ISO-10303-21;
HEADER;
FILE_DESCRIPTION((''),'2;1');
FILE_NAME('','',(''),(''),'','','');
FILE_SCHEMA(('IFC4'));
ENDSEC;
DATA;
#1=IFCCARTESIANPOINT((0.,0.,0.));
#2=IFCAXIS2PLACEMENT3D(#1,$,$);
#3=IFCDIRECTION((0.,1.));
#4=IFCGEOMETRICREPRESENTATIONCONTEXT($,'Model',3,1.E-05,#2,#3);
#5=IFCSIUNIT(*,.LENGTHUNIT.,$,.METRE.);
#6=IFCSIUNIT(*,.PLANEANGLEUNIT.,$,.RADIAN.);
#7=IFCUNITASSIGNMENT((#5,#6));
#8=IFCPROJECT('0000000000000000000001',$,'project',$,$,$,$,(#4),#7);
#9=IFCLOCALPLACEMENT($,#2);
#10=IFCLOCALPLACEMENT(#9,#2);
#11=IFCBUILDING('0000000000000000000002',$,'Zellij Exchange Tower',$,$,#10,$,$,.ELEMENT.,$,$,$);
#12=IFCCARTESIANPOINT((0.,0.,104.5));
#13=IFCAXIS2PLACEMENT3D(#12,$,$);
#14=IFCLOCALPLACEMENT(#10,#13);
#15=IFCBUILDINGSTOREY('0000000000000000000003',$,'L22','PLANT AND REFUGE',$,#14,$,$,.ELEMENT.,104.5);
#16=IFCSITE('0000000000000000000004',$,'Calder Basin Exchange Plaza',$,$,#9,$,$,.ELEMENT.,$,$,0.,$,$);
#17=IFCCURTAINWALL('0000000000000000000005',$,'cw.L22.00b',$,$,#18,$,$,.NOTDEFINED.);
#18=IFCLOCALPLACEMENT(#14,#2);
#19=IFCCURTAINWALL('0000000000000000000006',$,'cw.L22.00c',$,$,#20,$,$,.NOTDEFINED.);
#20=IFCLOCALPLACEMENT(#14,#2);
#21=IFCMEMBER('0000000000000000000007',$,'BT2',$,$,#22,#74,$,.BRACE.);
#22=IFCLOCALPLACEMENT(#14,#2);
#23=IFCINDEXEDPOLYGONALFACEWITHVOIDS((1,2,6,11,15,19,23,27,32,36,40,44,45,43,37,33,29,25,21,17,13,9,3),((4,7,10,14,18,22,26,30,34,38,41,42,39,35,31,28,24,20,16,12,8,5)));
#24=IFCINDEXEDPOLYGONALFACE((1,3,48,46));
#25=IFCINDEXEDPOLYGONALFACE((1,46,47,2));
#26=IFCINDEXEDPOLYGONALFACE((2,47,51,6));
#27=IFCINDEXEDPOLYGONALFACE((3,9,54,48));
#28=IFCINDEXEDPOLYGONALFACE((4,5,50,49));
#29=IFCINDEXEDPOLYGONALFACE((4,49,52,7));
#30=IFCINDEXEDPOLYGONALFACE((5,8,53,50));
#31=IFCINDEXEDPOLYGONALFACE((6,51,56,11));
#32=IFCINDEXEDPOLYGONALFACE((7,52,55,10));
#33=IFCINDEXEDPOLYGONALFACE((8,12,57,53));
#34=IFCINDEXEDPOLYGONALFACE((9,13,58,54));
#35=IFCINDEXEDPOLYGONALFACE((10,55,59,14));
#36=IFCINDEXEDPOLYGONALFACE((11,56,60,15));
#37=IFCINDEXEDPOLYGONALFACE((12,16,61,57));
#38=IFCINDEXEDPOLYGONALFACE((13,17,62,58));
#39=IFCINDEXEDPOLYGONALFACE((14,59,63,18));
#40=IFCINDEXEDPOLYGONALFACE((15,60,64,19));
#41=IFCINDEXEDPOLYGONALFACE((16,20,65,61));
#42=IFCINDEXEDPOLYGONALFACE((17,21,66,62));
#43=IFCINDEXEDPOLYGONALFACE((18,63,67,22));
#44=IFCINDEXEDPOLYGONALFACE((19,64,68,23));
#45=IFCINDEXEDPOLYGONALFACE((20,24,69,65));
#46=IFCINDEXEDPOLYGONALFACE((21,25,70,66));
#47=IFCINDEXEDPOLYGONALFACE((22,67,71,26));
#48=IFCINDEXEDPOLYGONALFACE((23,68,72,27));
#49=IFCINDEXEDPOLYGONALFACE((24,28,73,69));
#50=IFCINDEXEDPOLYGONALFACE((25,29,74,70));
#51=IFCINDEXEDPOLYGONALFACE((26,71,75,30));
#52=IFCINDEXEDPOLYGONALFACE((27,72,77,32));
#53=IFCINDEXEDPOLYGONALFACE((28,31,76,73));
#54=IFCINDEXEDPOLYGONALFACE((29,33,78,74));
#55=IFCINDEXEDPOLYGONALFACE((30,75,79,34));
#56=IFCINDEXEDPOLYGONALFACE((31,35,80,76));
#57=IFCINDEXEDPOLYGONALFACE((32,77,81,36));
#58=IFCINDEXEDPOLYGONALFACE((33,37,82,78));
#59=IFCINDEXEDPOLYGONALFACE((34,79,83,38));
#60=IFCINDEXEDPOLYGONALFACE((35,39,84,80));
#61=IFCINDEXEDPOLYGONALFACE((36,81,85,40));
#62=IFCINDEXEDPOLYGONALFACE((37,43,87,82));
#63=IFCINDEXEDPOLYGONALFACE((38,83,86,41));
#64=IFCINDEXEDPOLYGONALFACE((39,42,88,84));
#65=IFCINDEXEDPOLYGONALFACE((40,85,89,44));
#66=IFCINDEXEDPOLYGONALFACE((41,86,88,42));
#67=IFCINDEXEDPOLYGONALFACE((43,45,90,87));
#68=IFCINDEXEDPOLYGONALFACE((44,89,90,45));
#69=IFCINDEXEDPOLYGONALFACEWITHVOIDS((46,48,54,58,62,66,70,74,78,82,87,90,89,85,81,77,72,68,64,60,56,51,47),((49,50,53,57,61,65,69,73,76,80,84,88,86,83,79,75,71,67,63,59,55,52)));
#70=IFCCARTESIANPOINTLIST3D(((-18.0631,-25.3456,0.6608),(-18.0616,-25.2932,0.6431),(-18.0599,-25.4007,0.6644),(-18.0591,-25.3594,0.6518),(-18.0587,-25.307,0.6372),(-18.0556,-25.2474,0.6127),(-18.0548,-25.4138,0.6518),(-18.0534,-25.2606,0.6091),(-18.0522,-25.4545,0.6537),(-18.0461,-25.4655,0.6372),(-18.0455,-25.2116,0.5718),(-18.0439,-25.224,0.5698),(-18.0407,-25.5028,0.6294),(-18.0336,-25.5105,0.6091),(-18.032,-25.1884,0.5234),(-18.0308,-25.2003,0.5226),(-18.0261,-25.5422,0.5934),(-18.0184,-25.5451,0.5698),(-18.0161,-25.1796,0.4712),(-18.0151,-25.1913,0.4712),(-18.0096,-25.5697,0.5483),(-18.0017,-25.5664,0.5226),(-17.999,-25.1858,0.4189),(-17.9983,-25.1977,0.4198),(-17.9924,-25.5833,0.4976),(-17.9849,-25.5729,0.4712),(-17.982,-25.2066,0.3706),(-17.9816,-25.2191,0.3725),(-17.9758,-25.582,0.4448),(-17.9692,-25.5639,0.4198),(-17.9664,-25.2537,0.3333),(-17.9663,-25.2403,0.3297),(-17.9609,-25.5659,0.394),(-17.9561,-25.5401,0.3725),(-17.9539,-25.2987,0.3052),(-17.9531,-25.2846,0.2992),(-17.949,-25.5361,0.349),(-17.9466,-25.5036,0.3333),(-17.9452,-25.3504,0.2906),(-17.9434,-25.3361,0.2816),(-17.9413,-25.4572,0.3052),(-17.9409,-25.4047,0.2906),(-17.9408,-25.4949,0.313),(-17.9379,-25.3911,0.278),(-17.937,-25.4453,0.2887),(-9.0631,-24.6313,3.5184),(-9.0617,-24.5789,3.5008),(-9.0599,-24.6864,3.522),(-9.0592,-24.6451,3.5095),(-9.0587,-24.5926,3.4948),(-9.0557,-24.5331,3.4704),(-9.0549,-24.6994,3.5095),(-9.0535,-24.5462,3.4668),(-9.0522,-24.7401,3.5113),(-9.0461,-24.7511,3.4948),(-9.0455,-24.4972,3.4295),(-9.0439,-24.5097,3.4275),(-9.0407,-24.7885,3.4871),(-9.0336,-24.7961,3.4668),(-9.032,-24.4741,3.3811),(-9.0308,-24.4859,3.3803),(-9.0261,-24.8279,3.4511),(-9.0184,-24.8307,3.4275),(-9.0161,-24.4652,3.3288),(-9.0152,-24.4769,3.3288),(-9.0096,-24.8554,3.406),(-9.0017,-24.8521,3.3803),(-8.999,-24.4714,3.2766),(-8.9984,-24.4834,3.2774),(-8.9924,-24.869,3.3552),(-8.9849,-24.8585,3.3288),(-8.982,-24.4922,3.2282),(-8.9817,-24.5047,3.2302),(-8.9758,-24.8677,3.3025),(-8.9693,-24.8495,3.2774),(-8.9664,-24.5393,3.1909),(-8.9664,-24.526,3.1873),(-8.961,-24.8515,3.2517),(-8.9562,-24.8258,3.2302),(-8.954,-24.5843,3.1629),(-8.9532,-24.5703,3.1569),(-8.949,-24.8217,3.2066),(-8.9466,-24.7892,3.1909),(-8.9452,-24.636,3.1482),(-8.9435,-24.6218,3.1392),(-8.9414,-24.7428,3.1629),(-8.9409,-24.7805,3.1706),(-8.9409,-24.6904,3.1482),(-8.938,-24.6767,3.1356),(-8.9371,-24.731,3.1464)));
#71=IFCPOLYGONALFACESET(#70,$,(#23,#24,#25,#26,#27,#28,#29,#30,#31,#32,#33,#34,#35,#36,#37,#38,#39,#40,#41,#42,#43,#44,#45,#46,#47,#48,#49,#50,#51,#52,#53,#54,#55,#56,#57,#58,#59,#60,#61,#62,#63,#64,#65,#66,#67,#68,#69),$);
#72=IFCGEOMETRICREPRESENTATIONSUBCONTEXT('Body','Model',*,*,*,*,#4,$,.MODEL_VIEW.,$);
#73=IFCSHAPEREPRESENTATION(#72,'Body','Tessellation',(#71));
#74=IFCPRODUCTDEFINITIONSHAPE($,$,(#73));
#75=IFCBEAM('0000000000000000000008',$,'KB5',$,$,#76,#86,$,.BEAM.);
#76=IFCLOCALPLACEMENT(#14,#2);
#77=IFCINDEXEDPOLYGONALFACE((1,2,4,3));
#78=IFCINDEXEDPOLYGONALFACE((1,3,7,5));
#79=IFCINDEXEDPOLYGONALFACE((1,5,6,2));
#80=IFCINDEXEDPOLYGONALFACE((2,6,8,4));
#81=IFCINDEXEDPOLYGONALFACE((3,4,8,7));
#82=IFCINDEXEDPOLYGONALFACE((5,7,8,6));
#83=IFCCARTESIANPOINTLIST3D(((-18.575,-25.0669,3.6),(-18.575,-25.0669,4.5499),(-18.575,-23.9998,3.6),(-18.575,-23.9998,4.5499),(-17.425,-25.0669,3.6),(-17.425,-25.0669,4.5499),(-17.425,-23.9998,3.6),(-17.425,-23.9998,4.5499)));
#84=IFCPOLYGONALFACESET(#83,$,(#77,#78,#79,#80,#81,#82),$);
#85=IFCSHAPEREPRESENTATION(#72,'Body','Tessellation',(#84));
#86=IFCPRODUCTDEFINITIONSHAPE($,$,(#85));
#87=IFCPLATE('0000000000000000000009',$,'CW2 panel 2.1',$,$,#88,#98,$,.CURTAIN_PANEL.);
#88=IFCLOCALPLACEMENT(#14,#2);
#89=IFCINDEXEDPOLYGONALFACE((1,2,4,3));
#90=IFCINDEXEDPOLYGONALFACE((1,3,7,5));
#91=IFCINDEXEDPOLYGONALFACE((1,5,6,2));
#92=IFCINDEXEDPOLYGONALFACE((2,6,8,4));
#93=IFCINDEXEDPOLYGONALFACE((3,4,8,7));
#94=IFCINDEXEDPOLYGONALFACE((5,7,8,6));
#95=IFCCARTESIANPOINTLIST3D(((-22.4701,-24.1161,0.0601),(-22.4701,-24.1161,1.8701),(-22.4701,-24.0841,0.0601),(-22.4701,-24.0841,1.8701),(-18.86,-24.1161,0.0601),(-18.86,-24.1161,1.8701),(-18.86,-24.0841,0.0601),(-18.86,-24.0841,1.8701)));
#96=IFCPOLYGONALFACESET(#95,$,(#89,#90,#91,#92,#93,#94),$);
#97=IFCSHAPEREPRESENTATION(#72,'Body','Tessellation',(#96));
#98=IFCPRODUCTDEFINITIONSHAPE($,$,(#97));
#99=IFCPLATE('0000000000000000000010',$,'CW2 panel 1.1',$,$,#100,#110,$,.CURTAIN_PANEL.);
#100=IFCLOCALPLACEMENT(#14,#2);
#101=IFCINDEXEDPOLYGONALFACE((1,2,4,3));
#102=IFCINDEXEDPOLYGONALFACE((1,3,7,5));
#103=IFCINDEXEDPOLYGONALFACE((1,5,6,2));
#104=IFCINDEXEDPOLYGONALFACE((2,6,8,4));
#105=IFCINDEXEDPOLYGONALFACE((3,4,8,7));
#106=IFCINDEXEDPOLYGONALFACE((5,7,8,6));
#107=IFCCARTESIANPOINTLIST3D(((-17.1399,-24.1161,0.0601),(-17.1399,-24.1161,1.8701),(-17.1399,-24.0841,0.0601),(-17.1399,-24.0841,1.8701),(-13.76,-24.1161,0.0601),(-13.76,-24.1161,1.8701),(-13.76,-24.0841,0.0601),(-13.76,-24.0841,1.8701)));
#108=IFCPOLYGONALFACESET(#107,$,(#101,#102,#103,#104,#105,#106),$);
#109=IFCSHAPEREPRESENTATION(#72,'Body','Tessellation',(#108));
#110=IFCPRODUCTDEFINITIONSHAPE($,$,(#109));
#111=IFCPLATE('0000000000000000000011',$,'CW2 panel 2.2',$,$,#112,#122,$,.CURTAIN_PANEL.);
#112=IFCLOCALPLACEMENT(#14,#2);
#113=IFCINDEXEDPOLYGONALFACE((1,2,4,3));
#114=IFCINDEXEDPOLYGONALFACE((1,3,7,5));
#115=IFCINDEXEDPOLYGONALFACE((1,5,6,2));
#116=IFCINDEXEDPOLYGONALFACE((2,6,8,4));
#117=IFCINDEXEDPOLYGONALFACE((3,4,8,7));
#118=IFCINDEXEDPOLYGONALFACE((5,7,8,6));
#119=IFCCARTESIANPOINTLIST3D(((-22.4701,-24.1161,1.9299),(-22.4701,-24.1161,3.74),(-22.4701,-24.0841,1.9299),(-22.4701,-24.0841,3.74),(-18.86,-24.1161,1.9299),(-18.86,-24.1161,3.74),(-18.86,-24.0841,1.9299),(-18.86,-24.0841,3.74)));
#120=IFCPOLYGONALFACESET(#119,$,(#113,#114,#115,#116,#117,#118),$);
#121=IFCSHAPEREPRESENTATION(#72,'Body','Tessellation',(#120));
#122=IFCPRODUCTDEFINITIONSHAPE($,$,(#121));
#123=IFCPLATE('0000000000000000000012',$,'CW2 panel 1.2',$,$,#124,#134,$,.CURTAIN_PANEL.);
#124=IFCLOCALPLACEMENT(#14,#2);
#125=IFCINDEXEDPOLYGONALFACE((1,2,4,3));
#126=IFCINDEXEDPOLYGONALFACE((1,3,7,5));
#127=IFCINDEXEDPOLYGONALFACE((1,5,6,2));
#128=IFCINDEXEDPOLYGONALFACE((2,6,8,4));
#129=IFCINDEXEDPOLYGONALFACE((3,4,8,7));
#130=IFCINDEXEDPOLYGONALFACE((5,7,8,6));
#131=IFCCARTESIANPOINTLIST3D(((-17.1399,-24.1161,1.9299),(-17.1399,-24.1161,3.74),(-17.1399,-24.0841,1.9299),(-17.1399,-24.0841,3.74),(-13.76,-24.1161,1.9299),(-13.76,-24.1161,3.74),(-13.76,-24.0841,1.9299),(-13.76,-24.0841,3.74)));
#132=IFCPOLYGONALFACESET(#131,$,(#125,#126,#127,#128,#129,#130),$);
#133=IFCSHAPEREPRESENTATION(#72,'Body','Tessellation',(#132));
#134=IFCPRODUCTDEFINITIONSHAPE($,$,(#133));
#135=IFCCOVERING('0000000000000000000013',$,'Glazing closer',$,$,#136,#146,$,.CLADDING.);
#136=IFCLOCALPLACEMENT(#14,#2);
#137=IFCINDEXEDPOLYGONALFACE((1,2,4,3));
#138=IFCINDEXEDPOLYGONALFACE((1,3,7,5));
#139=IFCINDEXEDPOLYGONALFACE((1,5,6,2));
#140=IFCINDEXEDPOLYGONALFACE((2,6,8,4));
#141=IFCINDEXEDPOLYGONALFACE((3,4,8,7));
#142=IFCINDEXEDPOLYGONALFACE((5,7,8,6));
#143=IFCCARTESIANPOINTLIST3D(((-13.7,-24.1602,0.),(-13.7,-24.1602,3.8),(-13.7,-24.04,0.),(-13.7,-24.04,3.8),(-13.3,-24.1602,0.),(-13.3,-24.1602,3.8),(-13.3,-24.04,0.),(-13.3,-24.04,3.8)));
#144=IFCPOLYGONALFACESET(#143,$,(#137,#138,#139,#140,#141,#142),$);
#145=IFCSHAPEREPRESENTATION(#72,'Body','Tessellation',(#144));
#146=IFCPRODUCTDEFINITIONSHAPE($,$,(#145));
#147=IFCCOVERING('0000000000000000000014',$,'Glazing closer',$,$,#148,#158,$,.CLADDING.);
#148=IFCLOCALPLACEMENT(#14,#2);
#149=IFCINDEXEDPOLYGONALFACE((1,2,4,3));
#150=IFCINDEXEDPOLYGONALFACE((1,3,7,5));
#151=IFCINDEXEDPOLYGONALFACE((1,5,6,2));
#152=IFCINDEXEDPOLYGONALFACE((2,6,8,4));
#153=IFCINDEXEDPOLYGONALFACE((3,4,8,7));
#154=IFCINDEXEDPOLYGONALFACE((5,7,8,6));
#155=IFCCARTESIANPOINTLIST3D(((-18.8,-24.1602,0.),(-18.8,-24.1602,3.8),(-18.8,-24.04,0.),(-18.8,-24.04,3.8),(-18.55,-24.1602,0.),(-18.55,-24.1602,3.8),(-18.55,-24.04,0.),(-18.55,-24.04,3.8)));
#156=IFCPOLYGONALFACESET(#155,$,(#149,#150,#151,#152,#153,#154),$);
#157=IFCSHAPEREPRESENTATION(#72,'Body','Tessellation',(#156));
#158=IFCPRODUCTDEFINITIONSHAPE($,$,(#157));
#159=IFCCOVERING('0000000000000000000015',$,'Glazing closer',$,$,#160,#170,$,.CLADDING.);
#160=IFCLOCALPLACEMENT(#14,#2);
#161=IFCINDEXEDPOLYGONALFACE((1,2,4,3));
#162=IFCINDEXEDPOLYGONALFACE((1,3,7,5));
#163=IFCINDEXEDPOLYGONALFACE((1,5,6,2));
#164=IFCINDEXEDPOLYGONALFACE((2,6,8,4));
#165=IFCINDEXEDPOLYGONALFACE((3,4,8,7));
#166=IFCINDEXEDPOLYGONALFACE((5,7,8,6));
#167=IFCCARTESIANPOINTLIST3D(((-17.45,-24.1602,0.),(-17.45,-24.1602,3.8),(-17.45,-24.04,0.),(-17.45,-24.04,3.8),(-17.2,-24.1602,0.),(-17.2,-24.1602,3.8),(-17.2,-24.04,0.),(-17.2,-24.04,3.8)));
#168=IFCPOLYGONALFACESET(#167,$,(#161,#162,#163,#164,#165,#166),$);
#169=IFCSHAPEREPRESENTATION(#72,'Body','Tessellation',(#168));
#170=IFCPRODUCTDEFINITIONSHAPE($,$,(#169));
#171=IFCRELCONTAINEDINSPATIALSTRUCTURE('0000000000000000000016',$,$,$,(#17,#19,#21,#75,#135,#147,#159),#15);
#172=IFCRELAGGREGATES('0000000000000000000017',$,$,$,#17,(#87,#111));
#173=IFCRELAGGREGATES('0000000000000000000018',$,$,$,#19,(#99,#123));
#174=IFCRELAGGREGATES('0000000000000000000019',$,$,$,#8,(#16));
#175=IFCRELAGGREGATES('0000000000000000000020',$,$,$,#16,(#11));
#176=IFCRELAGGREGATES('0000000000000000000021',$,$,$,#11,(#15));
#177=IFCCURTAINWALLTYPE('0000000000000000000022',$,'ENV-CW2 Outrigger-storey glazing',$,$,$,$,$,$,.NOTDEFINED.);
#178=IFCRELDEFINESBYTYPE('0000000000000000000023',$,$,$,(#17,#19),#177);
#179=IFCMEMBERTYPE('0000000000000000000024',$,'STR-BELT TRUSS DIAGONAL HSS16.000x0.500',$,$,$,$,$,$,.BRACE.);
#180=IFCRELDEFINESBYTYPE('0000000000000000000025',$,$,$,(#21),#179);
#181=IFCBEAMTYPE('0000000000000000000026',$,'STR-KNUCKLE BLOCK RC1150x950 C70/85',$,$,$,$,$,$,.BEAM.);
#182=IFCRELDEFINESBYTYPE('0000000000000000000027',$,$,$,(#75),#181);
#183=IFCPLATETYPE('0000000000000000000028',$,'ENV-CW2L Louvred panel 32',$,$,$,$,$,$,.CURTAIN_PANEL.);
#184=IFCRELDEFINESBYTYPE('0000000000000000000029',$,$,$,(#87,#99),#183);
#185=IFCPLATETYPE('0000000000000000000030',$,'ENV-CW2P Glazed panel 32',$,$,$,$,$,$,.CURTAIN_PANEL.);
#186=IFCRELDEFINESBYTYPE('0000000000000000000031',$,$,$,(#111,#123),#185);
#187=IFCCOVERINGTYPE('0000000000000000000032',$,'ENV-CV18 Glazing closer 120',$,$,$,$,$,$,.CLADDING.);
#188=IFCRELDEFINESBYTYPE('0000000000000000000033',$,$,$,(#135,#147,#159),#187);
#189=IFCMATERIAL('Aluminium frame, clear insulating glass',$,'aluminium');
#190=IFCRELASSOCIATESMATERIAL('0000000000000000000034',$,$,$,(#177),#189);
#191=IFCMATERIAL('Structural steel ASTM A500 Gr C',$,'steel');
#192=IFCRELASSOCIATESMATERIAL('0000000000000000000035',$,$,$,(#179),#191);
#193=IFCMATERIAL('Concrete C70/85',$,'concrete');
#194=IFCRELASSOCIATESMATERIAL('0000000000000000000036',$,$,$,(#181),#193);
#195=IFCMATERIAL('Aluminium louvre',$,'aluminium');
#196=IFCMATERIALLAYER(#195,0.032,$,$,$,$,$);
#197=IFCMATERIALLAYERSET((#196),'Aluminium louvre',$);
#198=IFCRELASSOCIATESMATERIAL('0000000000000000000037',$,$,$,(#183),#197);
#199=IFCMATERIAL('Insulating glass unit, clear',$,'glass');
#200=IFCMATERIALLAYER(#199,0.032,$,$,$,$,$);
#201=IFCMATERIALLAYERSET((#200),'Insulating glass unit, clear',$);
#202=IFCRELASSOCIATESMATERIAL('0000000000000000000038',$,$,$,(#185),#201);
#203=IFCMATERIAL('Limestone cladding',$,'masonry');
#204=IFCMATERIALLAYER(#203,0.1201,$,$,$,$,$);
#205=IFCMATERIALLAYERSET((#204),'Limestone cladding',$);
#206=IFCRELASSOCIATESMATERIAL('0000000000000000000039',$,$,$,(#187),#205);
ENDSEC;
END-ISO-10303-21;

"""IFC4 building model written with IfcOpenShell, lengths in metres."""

from ifc_helpers import new_model, si_unit, direction, frame, origin, origin_2d, place, context, subcontext, project, spatial, rectangle, hollow_circle, extrude, material, layer, layer_set, material_profile, profile_set, type_object, element, aggregate, save


model = new_model("IFC4")

# Units and contexts
model_context = context("Model", 3, precision=1e-05, world=origin(), true_north=direction((0.0, 1.0)))
body_context = subcontext(model_context, "Body", "Model", "MODEL_VIEW")
ifc_project = project(units=[si_unit("LENGTHUNIT", "METRE"), si_unit("PLANEANGLEUNIT", "RADIAN")], contexts=[model_context])

# Site, building, storey
site_placement = place(None, origin())
site = spatial("IfcSite", under=ifc_project, at=site_placement, Name="Calder Basin Exchange Plaza", CompositionType="ELEMENT", RefElevation=0.0)
building_placement = place(site_placement, origin())
building = spatial("IfcBuilding", under=site, at=building_placement, Name="Zellij Exchange Tower", CompositionType="ELEMENT")
storey_placement = place(building_placement, frame((0.0, 0.0, 104.5)))
storey = spatial("IfcBuildingStorey", under=building, at=storey_placement, Name="L22", Description="PLANT AND REFUGE", CompositionType="ELEMENT", Elevation=104.5)

# Shared definitions
ifc_material_1 = material(Name="Concrete C70/85", Category="concrete")

# Curtain wall
ifc_material_2 = material(Name="Aluminium frame, clear insulating glass", Category="aluminium")
curtain_wall_type = type_object("IfcCurtainWallType", Name="ENV-CW2 Outrigger-storey glazing", PredefinedType="NOTDEFINED", material=ifc_material_2)
curtain_wall_1_placement = place(storey_placement, origin())
curtain_wall_1 = element("IfcCurtainWall", 1, at=curtain_wall_1_placement, inside=storey, type_object=curtain_wall_type, Name="cw.L22.00b", PredefinedType="NOTDEFINED")

# Curtain wall
curtain_wall_2_placement = place(storey_placement, origin())
curtain_wall_2 = element("IfcCurtainWall", 2, at=curtain_wall_2_placement, inside=storey, type_object=curtain_wall_type, Name="cw.L22.00c", PredefinedType="NOTDEFINED")

# Member
ifc_material_3 = material(Name="Structural steel ASTM A500 Gr C", Category="steel")
ifc_material_profile_1 = material_profile(ifc_material_3, hollow_circle(Radius=0.2031, WallThickness=0.0117, at=origin_2d()), Name="STR-BELT TRUSS DIAGONAL HSS16.000x0.500")
ifc_profile_set_1 = profile_set([ifc_material_profile_1], Name="Structural steel ASTM A500 Gr C")
member_type_1 = type_object("IfcMemberType", Name="STR-BELT TRUSS DIAGONAL HSS16.000x0.500", PredefinedType="BRACE", material=ifc_profile_set_1)
member_1_placement = place(storey_placement, frame((-18.0, -25.3821, 0.4712), z_axis=(0.950393, 0.075435, 0.301767), x_axis=(-0.079124, 0.996865, 0.0)))
element("IfcMember", 3, at=member_1_placement, inside=storey, type_object=member_type_1, Name="BT2", PredefinedType="BRACE", context=body_context, shape_type="SweptSolid", body=[
    extrude(hollow_circle(Radius=0.2031, WallThickness=0.0117, at=origin_2d()), origin(), (0.0, 0.0, 1.0), 9.4697),
])

# Beam
ifc_material_profile_2 = material_profile(ifc_material_1, rectangle(XDim=1.1499, YDim=0.95, at=origin_2d()), Name="STR-KNUCKLE BLOCK RC1150x950 C70/85")
ifc_profile_set_2 = profile_set([ifc_material_profile_2], Name="Concrete C70/85")
beam_type = type_object("IfcBeamType", Name="STR-KNUCKLE BLOCK RC1150x950 C70/85", PredefinedType="BEAM", material=ifc_profile_set_2)
beam_placement = place(storey_placement, frame((-18.0, -25.0669, 4.075), z_axis=(0.0, 1.0, 0.0), x_axis=(-1.0, 0.0, 0.0)))
element("IfcBeam", 4, at=beam_placement, inside=storey, type_object=beam_type, Name="KB5", PredefinedType="BEAM", context=body_context, shape_type="SweptSolid", body=[
    extrude(rectangle(XDim=1.1499, YDim=0.95, at=origin_2d()), origin(), (0.0, 0.0, 1.0), 1.0671),
])

# Plates
ifc_material_4 = material(Name="Aluminium louvre", Category="aluminium")
ifc_layer_1 = layer(ifc_material_4, 0.032)
ifc_layer_set_1 = layer_set([ifc_layer_1], Name="Aluminium louvre")
plate_type_1 = type_object("IfcPlateType", Name="ENV-CW2L Louvred panel 32", PredefinedType="CURTAIN_PANEL", material=ifc_layer_set_1)
plate_1_placement = place(storey_placement, frame((-20.665, -24.1001, 0.0601), z_axis=(0.0, 0.0, 1.0), x_axis=(1.0, 0.0, 0.0)))
plate_1 = element("IfcPlate", 5, at=plate_1_placement, type_object=plate_type_1, Name="CW2 panel 2.1", PredefinedType="CURTAIN_PANEL", context=body_context, shape_type="SweptSolid", body=[
    extrude(rectangle(XDim=3.6101, YDim=0.032, at=origin_2d()), origin(), (0.0, 0.0, 1.0), 1.8101),
])
plate_2_placement = place(storey_placement, frame((-15.45, -24.1001, 0.0601), z_axis=(0.0, 0.0, 1.0), x_axis=(1.0, 0.0, 0.0)))
plate_2 = element("IfcPlate", 6, at=plate_2_placement, type_object=plate_type_1, Name="CW2 panel 1.1", PredefinedType="CURTAIN_PANEL", context=body_context, shape_type="SweptSolid", body=[
    extrude(rectangle(XDim=3.3799, YDim=0.032, at=origin_2d()), origin(), (0.0, 0.0, 1.0), 1.8101),
])
ifc_material_5 = material(Name="Insulating glass unit, clear", Category="glass")
ifc_layer_2 = layer(ifc_material_5, 0.032)
ifc_layer_set_2 = layer_set([ifc_layer_2], Name="Insulating glass unit, clear")
plate_type_2 = type_object("IfcPlateType", Name="ENV-CW2P Glazed panel 32", PredefinedType="CURTAIN_PANEL", material=ifc_layer_set_2)
plate_3_placement = place(storey_placement, frame((-20.665, -24.1001, 1.9299), z_axis=(0.0, 0.0, 1.0), x_axis=(1.0, 0.0, 0.0)))
plate_3 = element("IfcPlate", 7, at=plate_3_placement, type_object=plate_type_2, Name="CW2 panel 2.2", PredefinedType="CURTAIN_PANEL", context=body_context, shape_type="SweptSolid", body=[
    extrude(rectangle(XDim=3.6101, YDim=0.032, at=origin_2d()), origin(), (0.0, 0.0, 1.0), 1.8101),
])
aggregate(curtain_wall_1, [plate_1, plate_3])
plate_4_placement = place(storey_placement, frame((-15.45, -24.1001, 1.9299), z_axis=(0.0, 0.0, 1.0), x_axis=(1.0, 0.0, 0.0)))
plate_4 = element("IfcPlate", 8, at=plate_4_placement, type_object=plate_type_2, Name="CW2 panel 1.2", PredefinedType="CURTAIN_PANEL", context=body_context, shape_type="SweptSolid", body=[
    extrude(rectangle(XDim=3.3799, YDim=0.032, at=origin_2d()), origin(), (0.0, 0.0, 1.0), 1.8101),
])
aggregate(curtain_wall_2, [plate_2, plate_4])

# Coverings
ifc_material_6 = material(Name="Limestone cladding", Category="masonry")
ifc_layer_3 = layer(ifc_material_6, 0.1201)
ifc_layer_set_3 = layer_set([ifc_layer_3], Name="Limestone cladding")
covering_type_1 = type_object("IfcCoveringType", Name="ENV-CV18 Glazing closer 120", PredefinedType="CLADDING", material=ifc_layer_set_3)
covering_1_placement = place(storey_placement, frame((-13.5, -24.1001, 0.0), z_axis=(0.0, 0.0, 1.0), x_axis=(1.0, 0.0, 0.0)))
element("IfcCovering", 9, at=covering_1_placement, inside=storey, type_object=covering_type_1, Name="Glazing closer", PredefinedType="CLADDING", context=body_context, shape_type="SweptSolid", body=[
    extrude(rectangle(XDim=0.3999, YDim=0.1201, at=origin_2d()), origin(), (0.0, 0.0, 1.0), 3.8),
])
for number, where, z_axis, x_axis, name in (
    (10, (-18.675, -24.1001, 0.0), (0.0, 0.0, 1.0), (1.0, 0.0, 0.0), "Glazing closer"),
    (11, (-17.325, -24.1001, 0.0), (0.0, 0.0, 1.0), (-1.0, 0.0, 0.0), "Glazing closer"),
):
    element("IfcCovering", number, at=place(storey_placement, frame(where, z_axis=z_axis, x_axis=x_axis)), inside=storey, type_object=covering_type_1, Name=name, PredefinedType="CLADDING", context=body_context, shape_type="SweptSolid", body=[
        extrude(rectangle(XDim=0.25, YDim=0.1201, at=origin_2d()), origin(), (0.0, 0.0, 1.0), 3.8),
    ])

save(model, "model.ifc")
